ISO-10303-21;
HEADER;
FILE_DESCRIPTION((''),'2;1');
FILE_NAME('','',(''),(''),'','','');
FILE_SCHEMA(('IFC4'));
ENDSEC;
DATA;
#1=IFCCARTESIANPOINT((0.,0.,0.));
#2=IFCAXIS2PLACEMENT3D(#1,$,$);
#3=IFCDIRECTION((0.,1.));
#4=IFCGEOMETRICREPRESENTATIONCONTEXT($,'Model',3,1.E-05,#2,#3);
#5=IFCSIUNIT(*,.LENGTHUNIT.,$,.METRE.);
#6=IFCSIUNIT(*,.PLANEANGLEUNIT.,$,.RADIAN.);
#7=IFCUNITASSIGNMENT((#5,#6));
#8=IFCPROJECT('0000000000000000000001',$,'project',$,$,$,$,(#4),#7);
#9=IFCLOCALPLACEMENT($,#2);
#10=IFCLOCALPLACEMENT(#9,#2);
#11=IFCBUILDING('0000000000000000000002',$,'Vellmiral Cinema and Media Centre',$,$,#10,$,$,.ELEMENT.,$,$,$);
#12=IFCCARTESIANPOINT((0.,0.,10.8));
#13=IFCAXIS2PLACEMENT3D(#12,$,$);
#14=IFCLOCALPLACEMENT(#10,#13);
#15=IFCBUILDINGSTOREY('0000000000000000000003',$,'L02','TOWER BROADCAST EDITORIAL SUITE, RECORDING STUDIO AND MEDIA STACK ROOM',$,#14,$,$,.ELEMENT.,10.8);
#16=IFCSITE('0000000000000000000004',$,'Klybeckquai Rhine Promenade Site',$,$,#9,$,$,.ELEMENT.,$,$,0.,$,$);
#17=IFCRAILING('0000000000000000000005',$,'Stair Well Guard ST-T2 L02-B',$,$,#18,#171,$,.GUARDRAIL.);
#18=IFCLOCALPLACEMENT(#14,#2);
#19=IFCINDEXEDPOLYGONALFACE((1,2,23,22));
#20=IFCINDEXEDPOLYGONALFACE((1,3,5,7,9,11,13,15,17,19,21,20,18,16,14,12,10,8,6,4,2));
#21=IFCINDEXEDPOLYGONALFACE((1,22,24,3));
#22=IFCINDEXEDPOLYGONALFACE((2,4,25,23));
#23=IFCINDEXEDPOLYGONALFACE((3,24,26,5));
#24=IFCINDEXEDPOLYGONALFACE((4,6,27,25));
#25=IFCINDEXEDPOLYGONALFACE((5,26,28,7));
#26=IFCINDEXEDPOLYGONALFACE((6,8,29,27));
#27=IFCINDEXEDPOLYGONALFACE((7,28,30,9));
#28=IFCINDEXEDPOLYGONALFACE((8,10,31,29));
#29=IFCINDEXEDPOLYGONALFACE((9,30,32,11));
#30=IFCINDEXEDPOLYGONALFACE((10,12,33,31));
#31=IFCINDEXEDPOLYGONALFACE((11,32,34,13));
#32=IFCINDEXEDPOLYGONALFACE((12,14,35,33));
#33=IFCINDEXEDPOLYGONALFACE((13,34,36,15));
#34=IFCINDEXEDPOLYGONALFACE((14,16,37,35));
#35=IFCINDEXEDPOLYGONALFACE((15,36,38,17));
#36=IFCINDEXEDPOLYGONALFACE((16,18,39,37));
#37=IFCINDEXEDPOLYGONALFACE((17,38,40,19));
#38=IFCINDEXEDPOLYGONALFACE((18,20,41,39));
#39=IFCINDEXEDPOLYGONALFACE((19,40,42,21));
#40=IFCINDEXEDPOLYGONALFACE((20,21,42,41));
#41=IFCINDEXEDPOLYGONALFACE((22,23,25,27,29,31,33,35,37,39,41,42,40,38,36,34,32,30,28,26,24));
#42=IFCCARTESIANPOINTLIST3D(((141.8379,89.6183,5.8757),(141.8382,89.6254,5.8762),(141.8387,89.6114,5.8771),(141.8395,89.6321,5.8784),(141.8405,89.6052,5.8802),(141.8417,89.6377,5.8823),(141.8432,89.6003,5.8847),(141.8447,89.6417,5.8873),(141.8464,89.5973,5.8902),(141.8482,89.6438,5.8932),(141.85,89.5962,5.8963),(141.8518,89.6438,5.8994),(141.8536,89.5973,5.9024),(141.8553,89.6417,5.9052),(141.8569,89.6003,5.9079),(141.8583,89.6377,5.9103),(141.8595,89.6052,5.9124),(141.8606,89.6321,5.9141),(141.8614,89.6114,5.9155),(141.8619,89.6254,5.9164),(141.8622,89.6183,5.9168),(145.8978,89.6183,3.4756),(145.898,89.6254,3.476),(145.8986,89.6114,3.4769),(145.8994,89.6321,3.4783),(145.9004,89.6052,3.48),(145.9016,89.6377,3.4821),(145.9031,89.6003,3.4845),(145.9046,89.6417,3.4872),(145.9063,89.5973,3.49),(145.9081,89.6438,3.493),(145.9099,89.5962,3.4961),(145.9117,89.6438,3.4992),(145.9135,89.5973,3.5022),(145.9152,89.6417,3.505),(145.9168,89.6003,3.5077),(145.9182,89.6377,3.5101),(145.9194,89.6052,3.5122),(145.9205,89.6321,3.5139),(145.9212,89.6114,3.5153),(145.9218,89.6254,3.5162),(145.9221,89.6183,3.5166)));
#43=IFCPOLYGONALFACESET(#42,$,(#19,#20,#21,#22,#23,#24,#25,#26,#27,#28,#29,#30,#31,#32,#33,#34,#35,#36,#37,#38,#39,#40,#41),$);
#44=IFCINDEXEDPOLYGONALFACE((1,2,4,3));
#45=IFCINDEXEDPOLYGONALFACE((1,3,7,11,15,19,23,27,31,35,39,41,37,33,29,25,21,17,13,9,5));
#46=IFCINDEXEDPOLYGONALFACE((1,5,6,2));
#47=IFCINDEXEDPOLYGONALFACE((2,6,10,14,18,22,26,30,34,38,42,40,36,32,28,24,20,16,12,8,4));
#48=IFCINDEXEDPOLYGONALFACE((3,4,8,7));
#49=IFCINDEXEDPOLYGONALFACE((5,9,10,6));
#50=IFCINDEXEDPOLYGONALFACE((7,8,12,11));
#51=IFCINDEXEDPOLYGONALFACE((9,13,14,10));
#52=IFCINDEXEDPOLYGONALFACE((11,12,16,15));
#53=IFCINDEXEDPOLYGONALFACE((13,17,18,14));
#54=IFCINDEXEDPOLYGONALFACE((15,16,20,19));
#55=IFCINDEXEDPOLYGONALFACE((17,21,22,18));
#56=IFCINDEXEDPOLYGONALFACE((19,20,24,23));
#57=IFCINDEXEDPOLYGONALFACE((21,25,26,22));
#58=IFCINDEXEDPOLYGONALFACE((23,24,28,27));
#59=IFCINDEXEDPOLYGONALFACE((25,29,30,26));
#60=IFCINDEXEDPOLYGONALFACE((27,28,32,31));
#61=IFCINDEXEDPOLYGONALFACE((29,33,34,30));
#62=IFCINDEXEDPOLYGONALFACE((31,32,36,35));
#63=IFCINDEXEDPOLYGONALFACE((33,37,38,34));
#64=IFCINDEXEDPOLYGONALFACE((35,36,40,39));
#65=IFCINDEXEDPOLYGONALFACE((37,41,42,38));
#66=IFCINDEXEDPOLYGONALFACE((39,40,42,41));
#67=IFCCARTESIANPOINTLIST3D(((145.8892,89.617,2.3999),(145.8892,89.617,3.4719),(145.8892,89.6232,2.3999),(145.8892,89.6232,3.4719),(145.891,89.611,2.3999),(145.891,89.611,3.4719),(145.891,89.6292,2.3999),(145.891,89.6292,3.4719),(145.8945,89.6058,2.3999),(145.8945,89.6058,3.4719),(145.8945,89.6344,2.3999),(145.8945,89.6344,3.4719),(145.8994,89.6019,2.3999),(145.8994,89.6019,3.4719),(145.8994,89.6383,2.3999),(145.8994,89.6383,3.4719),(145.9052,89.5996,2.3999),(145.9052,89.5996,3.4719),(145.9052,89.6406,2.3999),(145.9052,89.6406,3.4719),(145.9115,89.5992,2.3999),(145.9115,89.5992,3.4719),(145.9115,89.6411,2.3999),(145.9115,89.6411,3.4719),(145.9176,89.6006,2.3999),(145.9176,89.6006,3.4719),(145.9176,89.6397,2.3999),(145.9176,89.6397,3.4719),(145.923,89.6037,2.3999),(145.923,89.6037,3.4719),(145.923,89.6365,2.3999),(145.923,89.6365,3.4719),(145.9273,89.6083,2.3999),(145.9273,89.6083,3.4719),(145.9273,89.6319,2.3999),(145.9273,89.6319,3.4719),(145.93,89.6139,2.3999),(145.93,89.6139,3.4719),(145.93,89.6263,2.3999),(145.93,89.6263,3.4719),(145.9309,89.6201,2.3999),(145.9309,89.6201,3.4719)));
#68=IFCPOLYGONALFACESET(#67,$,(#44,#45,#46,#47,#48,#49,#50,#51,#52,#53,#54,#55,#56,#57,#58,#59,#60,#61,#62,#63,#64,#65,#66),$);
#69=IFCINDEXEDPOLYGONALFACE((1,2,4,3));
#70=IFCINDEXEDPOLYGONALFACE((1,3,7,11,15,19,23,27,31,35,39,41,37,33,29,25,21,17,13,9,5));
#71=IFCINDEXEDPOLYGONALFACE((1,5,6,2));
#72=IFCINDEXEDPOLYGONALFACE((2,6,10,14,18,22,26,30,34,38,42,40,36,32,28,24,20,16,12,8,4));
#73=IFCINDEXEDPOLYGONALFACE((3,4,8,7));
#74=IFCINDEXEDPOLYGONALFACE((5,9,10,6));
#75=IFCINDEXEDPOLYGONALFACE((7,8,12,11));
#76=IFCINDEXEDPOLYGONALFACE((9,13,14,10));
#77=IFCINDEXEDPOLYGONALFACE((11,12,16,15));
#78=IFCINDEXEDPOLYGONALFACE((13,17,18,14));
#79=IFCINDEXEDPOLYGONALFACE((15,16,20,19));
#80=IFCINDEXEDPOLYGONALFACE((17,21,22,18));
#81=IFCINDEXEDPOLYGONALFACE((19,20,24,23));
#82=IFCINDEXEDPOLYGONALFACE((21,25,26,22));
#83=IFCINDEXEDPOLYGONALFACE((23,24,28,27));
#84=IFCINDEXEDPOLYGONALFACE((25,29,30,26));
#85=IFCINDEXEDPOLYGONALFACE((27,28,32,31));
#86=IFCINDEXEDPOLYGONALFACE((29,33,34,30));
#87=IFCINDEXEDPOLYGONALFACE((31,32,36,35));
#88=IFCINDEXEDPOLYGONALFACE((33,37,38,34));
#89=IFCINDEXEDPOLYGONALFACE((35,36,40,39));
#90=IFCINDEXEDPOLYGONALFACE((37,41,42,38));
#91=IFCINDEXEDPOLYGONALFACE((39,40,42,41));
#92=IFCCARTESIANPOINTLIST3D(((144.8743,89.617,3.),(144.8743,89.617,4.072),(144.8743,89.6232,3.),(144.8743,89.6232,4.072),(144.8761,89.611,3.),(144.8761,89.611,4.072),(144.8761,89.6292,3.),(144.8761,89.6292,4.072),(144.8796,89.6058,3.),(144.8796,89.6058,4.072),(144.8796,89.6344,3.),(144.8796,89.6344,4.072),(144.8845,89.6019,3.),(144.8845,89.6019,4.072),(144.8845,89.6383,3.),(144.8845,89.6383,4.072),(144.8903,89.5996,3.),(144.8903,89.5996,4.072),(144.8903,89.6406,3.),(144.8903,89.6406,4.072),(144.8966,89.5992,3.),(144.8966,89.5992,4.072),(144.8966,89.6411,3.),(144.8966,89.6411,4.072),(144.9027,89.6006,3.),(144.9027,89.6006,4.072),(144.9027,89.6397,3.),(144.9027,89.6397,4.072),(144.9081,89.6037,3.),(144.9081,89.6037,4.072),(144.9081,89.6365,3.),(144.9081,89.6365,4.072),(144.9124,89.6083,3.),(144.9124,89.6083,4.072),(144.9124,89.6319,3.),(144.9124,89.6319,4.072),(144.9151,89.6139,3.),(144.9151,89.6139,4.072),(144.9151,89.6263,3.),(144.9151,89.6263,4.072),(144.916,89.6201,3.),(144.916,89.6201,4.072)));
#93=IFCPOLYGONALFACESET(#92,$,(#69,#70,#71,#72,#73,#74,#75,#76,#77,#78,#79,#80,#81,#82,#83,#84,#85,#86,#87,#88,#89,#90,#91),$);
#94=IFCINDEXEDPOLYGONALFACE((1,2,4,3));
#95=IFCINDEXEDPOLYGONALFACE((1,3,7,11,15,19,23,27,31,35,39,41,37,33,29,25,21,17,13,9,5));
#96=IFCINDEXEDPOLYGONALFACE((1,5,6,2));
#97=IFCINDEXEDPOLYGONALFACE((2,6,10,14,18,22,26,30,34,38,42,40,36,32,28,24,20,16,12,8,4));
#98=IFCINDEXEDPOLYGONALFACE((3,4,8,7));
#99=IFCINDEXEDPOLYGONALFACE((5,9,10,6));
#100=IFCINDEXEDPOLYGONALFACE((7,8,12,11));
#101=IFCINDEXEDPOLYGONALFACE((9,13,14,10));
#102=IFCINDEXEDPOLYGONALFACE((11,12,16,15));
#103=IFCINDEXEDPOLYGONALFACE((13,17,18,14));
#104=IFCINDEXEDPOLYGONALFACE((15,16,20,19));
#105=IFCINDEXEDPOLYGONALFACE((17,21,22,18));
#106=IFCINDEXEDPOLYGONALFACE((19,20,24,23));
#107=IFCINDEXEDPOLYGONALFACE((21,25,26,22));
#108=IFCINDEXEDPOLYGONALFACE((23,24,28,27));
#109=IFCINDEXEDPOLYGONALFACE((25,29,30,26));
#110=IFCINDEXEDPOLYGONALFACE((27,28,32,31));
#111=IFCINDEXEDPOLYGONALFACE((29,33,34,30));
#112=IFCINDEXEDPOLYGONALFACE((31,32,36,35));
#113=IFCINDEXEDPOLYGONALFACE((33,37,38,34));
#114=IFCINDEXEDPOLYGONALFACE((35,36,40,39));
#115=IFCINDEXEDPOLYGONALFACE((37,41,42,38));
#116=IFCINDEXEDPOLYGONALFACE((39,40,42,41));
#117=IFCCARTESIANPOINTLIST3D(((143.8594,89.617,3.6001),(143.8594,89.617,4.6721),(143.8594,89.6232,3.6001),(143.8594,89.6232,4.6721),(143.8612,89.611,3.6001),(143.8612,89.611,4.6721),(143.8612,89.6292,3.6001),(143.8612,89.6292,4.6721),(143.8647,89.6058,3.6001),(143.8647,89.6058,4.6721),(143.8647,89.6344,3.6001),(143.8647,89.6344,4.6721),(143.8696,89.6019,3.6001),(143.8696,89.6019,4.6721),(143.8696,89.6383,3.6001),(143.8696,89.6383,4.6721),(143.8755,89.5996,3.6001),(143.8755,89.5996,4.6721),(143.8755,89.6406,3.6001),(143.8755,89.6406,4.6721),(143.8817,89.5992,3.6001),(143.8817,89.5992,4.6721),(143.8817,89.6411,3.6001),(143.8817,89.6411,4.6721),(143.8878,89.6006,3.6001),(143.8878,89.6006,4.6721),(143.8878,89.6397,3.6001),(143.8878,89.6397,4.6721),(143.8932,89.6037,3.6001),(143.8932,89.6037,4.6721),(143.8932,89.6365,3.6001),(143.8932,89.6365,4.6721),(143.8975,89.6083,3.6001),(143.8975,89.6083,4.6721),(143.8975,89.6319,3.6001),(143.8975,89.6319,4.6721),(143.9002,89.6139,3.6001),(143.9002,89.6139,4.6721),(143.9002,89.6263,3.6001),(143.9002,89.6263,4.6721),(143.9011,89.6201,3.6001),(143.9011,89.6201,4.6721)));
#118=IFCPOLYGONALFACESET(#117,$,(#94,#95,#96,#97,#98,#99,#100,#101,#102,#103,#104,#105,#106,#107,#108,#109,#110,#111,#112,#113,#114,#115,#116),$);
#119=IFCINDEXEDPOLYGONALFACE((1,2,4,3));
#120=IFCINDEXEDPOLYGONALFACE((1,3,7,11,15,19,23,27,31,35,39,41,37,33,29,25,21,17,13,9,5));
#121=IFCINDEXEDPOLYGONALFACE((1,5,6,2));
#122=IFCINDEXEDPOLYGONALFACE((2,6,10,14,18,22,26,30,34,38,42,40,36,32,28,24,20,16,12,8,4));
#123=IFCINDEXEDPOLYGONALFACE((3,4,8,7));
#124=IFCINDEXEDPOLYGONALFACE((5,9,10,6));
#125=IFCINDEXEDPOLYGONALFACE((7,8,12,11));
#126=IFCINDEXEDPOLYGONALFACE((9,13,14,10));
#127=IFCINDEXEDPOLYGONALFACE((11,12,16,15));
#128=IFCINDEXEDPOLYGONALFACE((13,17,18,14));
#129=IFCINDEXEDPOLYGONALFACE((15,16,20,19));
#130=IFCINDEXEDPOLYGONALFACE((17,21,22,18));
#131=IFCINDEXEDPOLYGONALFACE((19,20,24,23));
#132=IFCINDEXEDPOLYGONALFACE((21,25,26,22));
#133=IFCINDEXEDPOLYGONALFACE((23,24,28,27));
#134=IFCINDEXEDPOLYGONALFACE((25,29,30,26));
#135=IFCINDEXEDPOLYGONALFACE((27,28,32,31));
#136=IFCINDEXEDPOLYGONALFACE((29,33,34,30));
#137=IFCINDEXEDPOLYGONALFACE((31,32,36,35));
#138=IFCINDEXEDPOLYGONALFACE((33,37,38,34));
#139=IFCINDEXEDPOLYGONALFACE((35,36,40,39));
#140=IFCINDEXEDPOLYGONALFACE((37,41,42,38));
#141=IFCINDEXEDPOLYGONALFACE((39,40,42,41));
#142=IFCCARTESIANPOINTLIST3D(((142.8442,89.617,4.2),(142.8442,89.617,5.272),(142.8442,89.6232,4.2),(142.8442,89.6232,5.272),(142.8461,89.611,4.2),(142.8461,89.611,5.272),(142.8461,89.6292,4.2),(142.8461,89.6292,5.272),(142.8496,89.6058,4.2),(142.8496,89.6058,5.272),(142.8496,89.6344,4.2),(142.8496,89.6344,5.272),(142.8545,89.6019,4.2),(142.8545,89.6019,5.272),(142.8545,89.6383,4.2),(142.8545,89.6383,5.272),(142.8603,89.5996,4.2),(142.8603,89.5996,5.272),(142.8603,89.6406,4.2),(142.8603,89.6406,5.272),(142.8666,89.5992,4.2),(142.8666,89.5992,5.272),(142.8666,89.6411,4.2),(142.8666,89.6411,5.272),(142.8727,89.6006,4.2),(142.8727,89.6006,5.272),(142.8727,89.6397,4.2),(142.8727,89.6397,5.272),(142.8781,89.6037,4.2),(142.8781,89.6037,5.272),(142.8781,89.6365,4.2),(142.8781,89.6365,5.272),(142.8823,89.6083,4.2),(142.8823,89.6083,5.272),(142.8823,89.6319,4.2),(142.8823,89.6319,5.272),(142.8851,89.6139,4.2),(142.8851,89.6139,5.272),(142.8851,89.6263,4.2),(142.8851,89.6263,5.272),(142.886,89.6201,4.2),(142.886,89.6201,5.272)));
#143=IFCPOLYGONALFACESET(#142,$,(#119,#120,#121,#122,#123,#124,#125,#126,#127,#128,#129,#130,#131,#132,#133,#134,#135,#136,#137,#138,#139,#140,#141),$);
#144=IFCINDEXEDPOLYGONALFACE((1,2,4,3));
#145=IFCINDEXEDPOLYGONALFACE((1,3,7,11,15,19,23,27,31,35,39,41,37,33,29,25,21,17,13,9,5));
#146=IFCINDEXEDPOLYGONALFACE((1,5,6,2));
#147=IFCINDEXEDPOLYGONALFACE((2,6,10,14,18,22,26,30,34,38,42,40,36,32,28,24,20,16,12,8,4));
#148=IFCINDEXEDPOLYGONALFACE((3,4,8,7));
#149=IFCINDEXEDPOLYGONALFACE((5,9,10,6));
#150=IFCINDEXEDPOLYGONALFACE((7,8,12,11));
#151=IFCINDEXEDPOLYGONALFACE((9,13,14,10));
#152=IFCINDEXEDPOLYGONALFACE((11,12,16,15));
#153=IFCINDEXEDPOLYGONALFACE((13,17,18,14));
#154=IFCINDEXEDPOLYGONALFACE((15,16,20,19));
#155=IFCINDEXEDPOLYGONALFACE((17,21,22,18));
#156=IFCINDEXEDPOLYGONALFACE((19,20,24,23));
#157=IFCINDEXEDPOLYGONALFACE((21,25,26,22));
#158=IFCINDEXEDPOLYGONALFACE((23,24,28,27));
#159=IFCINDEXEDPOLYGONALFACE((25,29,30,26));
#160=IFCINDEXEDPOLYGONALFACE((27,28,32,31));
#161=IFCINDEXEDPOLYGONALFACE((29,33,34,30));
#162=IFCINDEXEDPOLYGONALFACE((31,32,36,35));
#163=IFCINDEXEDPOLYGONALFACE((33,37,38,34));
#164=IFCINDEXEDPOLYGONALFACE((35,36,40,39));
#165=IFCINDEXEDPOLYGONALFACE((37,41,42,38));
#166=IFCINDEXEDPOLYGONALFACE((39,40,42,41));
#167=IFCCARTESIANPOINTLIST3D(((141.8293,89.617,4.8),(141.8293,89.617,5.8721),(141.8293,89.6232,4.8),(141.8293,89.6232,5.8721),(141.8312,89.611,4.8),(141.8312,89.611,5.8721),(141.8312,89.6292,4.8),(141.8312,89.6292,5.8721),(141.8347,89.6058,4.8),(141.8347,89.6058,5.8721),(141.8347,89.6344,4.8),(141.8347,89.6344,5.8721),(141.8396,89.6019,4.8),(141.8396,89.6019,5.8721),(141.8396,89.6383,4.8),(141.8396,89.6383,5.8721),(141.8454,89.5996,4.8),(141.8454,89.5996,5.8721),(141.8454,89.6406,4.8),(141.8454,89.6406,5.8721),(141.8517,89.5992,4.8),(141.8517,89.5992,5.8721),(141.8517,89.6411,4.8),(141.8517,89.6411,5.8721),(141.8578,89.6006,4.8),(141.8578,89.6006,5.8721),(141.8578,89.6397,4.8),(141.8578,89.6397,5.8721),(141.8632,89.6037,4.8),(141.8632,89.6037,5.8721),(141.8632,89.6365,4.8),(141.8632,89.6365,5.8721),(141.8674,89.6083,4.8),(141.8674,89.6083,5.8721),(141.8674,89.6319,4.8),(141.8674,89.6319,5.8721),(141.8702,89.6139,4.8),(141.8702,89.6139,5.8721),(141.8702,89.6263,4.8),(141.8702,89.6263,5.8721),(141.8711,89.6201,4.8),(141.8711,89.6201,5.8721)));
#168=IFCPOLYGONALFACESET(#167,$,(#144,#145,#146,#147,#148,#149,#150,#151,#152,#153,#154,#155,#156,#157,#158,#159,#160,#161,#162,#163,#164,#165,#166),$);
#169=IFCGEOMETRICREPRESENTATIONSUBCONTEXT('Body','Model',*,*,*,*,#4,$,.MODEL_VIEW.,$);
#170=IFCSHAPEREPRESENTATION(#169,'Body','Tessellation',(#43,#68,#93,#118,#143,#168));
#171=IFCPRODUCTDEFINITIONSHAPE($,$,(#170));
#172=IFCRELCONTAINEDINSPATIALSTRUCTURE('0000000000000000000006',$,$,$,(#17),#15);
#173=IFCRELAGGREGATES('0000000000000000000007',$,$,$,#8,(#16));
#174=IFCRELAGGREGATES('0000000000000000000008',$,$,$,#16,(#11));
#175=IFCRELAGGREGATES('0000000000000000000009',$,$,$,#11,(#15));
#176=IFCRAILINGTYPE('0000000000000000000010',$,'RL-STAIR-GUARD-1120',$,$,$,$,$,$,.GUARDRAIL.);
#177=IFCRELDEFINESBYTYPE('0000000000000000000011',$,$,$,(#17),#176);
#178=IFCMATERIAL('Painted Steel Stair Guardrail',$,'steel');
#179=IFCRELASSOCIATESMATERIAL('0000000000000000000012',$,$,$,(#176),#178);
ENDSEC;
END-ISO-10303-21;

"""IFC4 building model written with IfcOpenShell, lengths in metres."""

from ifc_helpers import new_model, si_unit, direction, frame, origin, origin_2d, place, context, subcontext, project, spatial, circle, extrude, material, type_object, element, save


model = new_model("IFC4")

# Units and contexts
model_context = context("Model", 3, precision=1e-05, world=origin(), true_north=direction((0.0, 1.0)))
body_context = subcontext(model_context, "Body", "Model", "MODEL_VIEW")
ifc_project = project(units=[si_unit("LENGTHUNIT", "METRE"), si_unit("PLANEANGLEUNIT", "RADIAN")], contexts=[model_context])

# Site, building, storey
site_placement = place(None, origin())
site = spatial("IfcSite", under=ifc_project, at=site_placement, Name="Klybeckquai Rhine Promenade Site", CompositionType="ELEMENT", RefElevation=0.0)
building_placement = place(site_placement, origin())
building = spatial("IfcBuilding", under=site, at=building_placement, Name="Vellmiral Cinema and Media Centre", CompositionType="ELEMENT")
storey_placement = place(building_placement, frame((0.0, 0.0, 10.8)))
storey = spatial("IfcBuildingStorey", under=building, at=storey_placement, Name="L02", Description="TOWER BROADCAST EDITORIAL SUITE, RECORDING STUDIO AND MEDIA STACK ROOM", CompositionType="ELEMENT", Elevation=10.8)

# Railing
ifc_material_1 = material(Name="Painted Steel Stair Guardrail", Category="steel")
railing_type_1 = type_object("IfcRailingType", Name="RL-STAIR-GUARD-1120", PredefinedType="GUARDRAIL", material=ifc_material_1)
railing_1_placement = place(storey_placement, frame((145.9099, 89.6201, 2.3999)))
element("IfcRailing", 1, at=railing_1_placement, inside=storey, type_object=railing_type_1, Name="Stair Well Guard ST-T2 L02-B", PredefinedType="GUARDRAIL", context=body_context, shape_type="SweptSolid", body=[
    extrude(circle(Radius=0.0239, at=origin_2d()), frame((0.0, 0.0, 1.0962), z_axis=(-0.860818, 0.0, 0.508912), x_axis=(0.0, -1.0, 0.0)), (0.0, 0.0, 1.0), 4.7163),
    extrude(circle(Radius=0.021, at=origin_2d()), origin(), (0.0, 0.0, 1.0), 1.072),
    extrude(circle(Radius=0.021, at=origin_2d()), frame((-1.0149, 0.0, 0.6001)), (0.0, 0.0, 1.0), 1.072),
    extrude(circle(Radius=0.021, at=origin_2d()), frame((-2.0298, 0.0, 1.2002)), (0.0, 0.0, 1.0), 1.072),
    extrude(circle(Radius=0.021, at=origin_2d()), frame((-3.0449, 0.0, 1.8)), (0.0, 0.0, 1.0), 1.072),
    extrude(circle(Radius=0.021, at=origin_2d()), frame((-4.0598, 0.0, 2.4001)), (0.0, 0.0, 1.0), 1.072),
])

save(model, "model.ifc")
